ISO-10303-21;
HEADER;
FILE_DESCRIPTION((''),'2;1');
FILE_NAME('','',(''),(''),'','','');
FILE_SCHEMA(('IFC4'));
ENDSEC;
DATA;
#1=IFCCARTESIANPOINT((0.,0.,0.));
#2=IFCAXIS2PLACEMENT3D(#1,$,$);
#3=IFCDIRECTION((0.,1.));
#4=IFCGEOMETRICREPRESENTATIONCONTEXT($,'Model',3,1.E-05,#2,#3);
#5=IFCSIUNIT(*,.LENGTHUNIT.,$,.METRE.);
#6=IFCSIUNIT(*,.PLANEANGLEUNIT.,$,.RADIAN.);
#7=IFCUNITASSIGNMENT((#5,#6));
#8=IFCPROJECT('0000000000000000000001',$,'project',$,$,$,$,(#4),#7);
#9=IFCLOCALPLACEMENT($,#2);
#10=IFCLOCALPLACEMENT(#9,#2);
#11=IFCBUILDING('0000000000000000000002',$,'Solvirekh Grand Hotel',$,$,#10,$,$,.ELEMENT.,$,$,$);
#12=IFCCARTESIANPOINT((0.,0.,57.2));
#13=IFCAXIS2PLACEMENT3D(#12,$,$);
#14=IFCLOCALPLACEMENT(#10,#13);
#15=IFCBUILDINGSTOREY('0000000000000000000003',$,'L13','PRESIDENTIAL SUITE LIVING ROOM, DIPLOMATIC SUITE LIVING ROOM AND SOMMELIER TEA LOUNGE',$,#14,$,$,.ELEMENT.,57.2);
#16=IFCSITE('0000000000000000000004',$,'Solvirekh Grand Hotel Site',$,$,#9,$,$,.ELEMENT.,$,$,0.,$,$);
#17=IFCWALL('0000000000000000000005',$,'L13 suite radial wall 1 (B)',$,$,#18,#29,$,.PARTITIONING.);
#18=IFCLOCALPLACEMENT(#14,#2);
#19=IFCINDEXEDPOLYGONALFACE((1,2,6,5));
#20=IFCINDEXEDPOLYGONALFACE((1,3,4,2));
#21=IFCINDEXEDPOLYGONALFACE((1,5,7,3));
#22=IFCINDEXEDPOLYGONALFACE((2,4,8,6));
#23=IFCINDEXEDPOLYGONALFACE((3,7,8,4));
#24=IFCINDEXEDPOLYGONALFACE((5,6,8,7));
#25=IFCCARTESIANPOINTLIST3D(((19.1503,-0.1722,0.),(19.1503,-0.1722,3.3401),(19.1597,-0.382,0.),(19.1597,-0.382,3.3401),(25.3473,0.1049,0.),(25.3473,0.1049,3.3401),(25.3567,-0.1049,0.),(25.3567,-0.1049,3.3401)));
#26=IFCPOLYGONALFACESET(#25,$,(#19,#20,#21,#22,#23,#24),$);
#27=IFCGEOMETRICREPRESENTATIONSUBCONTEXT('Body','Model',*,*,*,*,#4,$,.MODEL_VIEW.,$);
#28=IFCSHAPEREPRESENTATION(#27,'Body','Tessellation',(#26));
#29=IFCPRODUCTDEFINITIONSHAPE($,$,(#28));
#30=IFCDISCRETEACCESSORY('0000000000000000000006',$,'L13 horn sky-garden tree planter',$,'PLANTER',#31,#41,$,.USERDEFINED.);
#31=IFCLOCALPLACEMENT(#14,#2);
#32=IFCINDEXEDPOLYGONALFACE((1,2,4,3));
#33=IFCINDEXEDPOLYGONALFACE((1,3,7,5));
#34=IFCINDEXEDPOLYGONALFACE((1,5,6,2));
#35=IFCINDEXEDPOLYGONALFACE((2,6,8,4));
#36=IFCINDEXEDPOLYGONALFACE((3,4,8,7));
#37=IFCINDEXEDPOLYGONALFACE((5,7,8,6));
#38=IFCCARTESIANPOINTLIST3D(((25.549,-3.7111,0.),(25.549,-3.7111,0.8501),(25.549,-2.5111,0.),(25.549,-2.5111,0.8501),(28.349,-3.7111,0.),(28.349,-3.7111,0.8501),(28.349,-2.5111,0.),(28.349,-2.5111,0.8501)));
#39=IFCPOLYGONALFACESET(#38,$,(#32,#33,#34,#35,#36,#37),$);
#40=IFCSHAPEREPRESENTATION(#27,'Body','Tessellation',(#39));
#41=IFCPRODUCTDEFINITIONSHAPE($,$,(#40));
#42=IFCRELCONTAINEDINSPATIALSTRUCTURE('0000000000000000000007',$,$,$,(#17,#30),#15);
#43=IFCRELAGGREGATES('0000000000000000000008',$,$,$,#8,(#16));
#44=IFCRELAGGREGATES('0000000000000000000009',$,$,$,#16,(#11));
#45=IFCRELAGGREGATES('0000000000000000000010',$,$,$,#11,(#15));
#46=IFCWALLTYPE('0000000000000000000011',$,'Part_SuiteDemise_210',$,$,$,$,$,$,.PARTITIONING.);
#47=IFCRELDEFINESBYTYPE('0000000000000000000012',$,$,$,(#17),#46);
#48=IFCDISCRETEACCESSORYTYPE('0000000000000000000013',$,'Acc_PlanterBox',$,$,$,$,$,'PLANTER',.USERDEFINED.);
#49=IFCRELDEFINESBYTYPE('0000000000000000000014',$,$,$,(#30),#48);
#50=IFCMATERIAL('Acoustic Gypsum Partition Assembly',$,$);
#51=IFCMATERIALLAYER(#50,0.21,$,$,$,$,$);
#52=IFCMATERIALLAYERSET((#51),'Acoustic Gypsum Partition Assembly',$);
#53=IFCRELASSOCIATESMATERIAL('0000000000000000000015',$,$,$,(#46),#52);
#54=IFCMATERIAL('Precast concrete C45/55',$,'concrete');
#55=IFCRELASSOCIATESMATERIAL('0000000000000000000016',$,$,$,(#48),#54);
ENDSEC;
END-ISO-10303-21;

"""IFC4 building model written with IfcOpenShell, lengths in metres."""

from ifc_helpers import new_model, si_unit, direction, frame, frame_2d, origin, origin_2d, place, context, subcontext, project, spatial, rectangle, extrude, material, layer, layer_set, type_object, element, save


model = new_model("IFC4")

# Units and contexts
model_context = context("Model", 3, precision=1e-05, world=origin(), true_north=direction((0.0, 1.0)))
body_context = subcontext(model_context, "Body", "Model", "MODEL_VIEW")
ifc_project = project(units=[si_unit("LENGTHUNIT", "METRE"), si_unit("PLANEANGLEUNIT", "RADIAN")], contexts=[model_context])

# Site, building, storey
site_placement = place(None, origin())
site = spatial("IfcSite", under=ifc_project, at=site_placement, Name="Solvirekh Grand Hotel Site", CompositionType="ELEMENT", RefElevation=0.0)
building_placement = place(site_placement, origin())
building = spatial("IfcBuilding", under=site, at=building_placement, Name="Solvirekh Grand Hotel", CompositionType="ELEMENT")
storey_placement = place(building_placement, frame((0.0, 0.0, 57.2)))
storey = spatial("IfcBuildingStorey", under=building, at=storey_placement, Name="L13", Description="PRESIDENTIAL SUITE LIVING ROOM, DIPLOMATIC SUITE LIVING ROOM AND SOMMELIER TEA LOUNGE", CompositionType="ELEMENT", Elevation=57.2)

# Shared definitions
ifc_material_1 = material(Name="Precast concrete C45/55", Category="concrete")

# Shared definitions
ifc_material_2 = material(Name="Acoustic Gypsum Partition Assembly")

# Shared definitions
ifc_layer_1 = layer(ifc_material_2, 0.21)
ifc_layer_set_1 = layer_set([ifc_layer_1], Name="Acoustic Gypsum Partition Assembly")
wall_type_1 = type_object("IfcWallType", Name="Part_SuiteDemise_210", PredefinedType="PARTITIONING", material=ifc_layer_set_1)

# Wall
wall_1_placement = place(storey_placement, frame((19.155, -0.2771, 0.0), z_axis=(0.0, 0.0, 1.0), x_axis=(0.999002, 0.04467, 0.0)))
element("IfcWall", 1, at=wall_1_placement, inside=storey, type_object=wall_type_1, Name="L13 suite radial wall 1 (B)", PredefinedType="PARTITIONING", context=body_context, shape_type="SweptSolid", body=[
    extrude(rectangle(XDim=6.2031, YDim=0.21, at=frame_2d((3.1016, 0.0))), origin(), (0.0, 0.0, 1.0), 3.3401),
])

# Discrete accessory
discrete_accessory_type = type_object("IfcDiscreteAccessoryType", Name="Acc_PlanterBox", ElementType="PLANTER", PredefinedType="USERDEFINED", material=ifc_material_1)
discrete_accessory_placement = place(storey_placement, frame((26.949, -3.1111, 0.0), z_axis=(0.0, 0.0, 1.0), x_axis=(0.0, 1.0, 0.0)))
element("IfcDiscreteAccessory", 2, at=discrete_accessory_placement, inside=storey, type_object=discrete_accessory_type, Name="L13 horn sky-garden tree planter", ObjectType="PLANTER", PredefinedType="USERDEFINED", context=body_context, shape_type="SweptSolid", body=[
    extrude(rectangle(XDim=1.2, YDim=2.8, at=origin_2d()), origin(), (0.0, 0.0, 1.0), 0.8501),
])

save(model, "model.ifc")
